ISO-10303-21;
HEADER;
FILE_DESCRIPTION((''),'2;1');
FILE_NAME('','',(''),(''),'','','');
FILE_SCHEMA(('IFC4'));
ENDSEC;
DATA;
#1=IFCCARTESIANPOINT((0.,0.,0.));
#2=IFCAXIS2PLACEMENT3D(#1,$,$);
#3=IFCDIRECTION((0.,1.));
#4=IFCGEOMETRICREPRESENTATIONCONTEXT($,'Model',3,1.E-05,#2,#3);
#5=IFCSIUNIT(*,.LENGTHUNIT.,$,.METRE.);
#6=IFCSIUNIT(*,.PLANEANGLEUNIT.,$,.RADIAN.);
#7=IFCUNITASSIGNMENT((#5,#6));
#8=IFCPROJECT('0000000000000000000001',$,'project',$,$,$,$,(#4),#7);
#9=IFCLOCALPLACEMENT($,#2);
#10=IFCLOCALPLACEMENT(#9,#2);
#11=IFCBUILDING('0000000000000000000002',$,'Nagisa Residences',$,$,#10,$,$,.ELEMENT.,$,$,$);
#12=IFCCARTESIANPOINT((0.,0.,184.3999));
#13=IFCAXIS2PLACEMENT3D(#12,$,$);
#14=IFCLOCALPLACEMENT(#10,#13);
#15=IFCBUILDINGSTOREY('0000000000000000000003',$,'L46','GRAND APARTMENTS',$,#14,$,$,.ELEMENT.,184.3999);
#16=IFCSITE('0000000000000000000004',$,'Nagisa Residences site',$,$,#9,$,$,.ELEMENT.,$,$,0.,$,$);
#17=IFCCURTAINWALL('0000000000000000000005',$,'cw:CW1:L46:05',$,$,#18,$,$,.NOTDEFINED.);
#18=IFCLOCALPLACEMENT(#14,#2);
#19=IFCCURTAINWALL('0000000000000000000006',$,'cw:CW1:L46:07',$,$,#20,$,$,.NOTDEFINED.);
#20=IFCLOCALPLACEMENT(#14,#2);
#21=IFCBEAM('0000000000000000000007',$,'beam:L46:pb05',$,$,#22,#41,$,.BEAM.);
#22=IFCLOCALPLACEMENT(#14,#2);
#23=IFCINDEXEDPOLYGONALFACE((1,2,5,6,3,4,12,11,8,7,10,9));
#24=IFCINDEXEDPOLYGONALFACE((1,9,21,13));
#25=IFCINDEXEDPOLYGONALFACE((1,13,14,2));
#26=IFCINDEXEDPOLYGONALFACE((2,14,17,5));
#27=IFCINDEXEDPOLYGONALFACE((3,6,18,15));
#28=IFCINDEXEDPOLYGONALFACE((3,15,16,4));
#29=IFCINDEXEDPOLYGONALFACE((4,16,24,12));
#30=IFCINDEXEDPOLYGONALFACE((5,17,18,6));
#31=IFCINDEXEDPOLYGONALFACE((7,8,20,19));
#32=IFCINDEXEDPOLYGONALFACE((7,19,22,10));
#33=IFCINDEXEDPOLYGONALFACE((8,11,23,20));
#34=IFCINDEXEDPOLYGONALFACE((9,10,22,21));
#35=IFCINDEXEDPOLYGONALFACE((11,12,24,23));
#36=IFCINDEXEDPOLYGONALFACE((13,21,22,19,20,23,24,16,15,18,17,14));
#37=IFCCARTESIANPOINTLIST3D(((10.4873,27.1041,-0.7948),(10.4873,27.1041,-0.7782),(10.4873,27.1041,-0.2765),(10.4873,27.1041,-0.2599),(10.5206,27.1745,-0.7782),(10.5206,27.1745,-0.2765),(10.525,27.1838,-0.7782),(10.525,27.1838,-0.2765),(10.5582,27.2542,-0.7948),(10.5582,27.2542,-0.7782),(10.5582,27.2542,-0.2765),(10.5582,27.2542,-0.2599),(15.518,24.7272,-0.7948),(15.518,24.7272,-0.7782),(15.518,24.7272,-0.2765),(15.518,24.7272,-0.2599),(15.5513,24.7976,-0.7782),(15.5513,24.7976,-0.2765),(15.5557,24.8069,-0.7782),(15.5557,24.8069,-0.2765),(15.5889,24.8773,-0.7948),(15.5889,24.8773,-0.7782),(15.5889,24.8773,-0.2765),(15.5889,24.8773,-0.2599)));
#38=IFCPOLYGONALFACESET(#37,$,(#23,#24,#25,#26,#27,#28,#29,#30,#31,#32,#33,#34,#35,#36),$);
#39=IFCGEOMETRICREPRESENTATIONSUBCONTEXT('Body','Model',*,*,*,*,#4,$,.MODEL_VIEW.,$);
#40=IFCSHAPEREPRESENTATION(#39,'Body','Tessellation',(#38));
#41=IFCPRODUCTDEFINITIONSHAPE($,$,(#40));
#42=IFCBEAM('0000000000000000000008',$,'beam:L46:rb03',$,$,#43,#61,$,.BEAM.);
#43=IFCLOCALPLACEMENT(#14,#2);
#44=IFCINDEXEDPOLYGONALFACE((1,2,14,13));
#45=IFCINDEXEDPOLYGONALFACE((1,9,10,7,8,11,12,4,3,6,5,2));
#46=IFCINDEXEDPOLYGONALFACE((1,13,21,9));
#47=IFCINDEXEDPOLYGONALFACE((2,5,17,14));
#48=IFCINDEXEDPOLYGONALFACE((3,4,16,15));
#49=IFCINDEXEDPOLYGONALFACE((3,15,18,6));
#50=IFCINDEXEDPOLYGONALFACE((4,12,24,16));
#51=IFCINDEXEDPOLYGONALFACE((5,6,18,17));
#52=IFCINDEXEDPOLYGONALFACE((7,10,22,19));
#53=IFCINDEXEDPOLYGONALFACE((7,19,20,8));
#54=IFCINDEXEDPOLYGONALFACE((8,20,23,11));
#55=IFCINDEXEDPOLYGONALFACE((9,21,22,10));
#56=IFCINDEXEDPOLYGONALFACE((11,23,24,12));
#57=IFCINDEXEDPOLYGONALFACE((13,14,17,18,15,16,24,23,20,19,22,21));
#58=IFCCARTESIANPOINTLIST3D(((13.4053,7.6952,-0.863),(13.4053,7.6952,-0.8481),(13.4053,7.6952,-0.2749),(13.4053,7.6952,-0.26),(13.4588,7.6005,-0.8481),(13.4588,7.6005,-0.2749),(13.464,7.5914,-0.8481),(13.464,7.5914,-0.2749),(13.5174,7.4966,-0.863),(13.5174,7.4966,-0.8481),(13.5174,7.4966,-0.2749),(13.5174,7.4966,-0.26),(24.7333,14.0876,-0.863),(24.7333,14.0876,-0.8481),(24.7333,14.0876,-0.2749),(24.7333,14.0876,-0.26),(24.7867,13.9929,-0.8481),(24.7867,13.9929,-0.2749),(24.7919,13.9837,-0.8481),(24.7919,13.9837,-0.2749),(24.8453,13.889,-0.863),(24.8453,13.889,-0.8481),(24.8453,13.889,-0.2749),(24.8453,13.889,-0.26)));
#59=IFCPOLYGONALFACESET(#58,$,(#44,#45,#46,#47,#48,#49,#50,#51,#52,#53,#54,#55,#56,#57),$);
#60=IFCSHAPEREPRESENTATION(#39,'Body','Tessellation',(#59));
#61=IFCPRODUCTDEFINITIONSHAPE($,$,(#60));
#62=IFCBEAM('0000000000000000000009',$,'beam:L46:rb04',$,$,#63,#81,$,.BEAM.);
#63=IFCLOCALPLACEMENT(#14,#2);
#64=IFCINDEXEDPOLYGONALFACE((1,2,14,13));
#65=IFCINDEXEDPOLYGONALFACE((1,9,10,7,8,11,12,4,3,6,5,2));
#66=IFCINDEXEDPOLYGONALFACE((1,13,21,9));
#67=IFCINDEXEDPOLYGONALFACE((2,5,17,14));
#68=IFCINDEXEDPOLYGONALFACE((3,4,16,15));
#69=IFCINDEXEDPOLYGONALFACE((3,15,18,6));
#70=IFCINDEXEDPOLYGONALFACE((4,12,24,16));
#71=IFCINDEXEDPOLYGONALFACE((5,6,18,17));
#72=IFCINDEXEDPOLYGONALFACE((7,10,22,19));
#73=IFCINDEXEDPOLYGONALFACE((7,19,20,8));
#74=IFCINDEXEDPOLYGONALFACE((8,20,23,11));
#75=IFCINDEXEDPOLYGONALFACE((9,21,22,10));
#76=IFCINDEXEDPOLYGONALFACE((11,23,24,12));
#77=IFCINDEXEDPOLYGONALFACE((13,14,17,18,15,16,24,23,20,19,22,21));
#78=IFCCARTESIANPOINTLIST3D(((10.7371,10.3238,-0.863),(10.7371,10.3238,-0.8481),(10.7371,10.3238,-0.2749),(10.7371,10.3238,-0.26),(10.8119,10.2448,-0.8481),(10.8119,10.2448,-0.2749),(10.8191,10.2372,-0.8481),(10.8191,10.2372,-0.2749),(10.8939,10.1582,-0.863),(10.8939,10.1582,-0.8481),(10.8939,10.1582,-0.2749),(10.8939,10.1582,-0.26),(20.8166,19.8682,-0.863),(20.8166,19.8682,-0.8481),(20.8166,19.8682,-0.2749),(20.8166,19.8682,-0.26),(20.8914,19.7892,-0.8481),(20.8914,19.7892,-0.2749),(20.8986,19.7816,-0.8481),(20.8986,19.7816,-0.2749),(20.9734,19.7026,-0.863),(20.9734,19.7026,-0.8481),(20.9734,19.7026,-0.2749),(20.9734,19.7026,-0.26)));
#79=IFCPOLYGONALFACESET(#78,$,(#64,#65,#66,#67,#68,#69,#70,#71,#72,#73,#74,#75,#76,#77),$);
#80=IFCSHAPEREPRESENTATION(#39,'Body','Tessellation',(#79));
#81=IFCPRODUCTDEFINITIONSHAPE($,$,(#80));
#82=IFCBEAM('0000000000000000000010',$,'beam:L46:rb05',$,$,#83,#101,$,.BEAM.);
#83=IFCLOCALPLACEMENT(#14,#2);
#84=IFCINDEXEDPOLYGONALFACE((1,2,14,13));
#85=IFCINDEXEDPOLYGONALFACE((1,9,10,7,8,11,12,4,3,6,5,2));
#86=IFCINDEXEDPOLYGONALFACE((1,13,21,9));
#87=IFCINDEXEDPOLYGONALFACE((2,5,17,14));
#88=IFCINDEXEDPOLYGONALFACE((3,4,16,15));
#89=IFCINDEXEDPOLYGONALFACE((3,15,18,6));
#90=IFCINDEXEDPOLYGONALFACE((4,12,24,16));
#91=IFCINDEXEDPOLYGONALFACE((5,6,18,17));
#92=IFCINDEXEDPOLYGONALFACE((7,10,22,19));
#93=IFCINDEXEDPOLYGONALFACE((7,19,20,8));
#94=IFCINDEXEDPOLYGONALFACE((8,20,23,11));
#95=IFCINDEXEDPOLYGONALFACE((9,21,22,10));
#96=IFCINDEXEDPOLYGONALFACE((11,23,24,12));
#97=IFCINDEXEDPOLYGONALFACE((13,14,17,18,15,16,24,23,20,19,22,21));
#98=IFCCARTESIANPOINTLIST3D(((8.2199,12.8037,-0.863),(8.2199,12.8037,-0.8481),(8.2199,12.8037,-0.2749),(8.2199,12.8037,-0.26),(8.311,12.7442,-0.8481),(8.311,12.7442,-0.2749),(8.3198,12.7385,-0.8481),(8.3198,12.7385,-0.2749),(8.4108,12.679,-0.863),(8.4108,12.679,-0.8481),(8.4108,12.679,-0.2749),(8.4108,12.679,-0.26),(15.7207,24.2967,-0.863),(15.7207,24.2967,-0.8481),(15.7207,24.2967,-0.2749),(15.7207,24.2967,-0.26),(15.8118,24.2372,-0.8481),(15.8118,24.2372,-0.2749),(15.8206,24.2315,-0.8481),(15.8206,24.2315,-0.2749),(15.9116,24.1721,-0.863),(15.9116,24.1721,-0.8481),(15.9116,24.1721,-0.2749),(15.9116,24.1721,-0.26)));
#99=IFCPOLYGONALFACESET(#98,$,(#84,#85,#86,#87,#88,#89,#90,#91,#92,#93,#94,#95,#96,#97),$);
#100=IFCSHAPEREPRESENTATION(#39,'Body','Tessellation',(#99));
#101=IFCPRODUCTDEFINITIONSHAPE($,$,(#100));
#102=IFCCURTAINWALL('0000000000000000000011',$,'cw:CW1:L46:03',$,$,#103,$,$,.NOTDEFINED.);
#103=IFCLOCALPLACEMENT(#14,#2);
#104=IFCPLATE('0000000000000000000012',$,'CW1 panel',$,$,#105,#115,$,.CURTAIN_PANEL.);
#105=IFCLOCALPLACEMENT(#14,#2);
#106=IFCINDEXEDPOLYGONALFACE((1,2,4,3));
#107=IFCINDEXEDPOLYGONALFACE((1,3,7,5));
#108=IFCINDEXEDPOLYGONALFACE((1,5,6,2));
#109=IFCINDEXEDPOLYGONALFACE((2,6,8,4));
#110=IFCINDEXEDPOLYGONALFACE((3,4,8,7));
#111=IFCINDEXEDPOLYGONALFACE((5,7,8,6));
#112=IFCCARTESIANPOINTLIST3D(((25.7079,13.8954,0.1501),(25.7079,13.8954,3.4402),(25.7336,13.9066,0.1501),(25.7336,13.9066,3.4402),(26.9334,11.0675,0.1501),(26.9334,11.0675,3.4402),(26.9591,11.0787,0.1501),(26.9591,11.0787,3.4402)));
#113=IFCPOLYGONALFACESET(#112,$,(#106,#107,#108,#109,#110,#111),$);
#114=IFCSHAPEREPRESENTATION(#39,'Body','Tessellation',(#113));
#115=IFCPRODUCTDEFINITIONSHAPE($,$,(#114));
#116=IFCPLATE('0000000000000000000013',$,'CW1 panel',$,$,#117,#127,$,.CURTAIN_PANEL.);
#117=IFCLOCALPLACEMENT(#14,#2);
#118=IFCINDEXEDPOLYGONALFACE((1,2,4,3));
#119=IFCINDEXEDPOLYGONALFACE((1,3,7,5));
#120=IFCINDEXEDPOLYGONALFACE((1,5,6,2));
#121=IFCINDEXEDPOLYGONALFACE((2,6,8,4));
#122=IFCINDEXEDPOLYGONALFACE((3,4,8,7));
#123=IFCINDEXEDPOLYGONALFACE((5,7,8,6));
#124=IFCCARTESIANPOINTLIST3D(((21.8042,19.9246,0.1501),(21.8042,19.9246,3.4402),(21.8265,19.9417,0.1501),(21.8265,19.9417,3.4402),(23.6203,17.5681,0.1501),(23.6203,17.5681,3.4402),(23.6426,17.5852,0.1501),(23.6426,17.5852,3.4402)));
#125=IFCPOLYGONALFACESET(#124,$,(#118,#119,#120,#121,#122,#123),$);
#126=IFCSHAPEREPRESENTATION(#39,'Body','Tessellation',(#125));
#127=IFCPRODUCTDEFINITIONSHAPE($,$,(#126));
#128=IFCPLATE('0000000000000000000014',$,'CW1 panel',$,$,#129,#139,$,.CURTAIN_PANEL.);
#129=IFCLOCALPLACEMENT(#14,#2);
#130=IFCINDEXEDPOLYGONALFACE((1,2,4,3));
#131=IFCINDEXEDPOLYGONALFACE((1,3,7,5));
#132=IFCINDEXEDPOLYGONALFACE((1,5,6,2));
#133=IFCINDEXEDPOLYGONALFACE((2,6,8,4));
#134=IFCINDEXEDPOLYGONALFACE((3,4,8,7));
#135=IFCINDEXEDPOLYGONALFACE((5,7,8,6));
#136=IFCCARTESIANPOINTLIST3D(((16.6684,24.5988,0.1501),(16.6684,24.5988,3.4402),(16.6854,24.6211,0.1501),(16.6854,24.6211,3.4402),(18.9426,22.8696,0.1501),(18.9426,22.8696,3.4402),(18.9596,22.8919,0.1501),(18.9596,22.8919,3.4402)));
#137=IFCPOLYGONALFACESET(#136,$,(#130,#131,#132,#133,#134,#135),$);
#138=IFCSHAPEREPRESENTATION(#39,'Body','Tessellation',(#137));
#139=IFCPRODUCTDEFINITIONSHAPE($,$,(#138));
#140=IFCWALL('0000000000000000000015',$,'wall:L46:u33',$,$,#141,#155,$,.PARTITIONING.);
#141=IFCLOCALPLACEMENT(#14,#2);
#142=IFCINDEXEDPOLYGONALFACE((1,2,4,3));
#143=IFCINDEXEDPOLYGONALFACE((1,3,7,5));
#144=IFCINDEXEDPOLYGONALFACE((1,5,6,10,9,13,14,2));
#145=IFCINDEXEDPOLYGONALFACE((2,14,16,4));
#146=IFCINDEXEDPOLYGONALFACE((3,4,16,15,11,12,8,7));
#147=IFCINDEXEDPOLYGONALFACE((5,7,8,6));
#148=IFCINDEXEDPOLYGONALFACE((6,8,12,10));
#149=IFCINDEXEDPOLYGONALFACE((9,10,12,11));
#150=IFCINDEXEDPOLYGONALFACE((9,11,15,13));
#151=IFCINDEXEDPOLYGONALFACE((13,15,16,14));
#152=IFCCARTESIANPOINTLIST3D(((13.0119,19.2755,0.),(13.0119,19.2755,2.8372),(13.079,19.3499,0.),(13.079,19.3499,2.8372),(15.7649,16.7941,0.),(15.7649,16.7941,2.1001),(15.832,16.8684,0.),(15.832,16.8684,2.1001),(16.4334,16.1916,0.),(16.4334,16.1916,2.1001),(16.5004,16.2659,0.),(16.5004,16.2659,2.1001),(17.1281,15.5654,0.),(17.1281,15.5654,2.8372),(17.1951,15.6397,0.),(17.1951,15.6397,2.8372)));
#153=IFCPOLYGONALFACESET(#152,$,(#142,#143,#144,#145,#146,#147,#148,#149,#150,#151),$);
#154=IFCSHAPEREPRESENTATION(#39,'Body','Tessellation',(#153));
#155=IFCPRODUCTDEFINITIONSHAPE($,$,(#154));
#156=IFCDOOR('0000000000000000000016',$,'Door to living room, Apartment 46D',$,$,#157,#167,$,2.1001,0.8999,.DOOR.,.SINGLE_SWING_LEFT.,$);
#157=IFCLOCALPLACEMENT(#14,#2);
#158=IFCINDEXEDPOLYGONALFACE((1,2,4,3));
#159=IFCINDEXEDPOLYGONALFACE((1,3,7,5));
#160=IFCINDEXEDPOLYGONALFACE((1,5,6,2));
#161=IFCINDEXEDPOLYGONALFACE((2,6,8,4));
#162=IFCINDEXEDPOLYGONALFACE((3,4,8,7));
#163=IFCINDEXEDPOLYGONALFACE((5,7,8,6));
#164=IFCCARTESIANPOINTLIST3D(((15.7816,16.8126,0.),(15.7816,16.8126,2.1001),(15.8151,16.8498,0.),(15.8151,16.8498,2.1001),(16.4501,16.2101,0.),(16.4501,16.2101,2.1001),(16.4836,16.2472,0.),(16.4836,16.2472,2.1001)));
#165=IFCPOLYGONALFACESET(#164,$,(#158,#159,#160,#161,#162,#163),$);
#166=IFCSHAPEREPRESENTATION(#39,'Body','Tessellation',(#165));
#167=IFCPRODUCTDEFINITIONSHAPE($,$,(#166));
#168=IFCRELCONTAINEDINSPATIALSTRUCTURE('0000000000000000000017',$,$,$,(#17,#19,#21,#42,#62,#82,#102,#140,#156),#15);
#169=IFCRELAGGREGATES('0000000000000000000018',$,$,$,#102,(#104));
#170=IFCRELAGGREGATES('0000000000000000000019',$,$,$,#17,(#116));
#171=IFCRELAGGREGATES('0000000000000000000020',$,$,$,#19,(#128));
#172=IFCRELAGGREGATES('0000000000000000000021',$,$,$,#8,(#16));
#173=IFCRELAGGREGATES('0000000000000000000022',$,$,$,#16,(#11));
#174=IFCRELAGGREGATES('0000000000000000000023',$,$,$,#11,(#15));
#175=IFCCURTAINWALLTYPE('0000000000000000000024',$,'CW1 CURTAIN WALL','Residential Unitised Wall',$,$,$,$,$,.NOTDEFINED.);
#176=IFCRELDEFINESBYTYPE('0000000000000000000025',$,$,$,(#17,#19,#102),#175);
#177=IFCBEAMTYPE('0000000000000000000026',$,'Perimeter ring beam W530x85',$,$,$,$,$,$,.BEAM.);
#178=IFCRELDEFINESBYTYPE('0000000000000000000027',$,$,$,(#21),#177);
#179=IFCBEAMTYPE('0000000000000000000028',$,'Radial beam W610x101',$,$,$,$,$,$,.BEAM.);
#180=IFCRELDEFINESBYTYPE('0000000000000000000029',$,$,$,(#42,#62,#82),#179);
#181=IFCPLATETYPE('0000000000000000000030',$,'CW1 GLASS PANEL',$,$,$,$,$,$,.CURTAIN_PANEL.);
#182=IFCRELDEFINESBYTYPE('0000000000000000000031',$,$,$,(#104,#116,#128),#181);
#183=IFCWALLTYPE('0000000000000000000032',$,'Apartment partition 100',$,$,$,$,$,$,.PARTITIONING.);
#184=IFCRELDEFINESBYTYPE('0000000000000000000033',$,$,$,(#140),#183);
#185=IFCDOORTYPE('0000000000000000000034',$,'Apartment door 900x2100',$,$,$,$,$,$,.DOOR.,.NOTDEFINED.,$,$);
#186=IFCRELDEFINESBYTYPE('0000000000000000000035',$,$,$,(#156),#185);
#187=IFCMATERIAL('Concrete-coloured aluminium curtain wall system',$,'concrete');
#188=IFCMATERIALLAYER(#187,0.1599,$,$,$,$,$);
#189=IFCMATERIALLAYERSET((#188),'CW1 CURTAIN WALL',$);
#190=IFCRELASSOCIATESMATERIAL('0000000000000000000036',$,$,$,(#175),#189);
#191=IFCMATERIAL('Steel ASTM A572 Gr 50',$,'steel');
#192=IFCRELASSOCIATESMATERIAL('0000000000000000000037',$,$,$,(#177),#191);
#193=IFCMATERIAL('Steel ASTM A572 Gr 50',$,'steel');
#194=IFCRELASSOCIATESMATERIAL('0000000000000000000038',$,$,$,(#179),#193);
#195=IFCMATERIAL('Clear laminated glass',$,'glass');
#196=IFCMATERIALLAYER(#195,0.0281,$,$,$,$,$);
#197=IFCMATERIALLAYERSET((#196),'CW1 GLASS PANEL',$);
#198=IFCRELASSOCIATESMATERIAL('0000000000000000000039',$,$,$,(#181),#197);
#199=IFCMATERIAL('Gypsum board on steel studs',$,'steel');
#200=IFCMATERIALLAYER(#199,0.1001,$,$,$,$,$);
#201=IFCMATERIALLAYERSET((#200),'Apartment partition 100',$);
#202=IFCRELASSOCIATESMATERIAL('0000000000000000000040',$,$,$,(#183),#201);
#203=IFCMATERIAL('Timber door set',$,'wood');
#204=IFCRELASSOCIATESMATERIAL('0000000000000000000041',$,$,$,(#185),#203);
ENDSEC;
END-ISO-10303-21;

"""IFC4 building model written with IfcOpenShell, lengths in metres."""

from ifc_helpers import new_model, si_unit, direction, frame, frame_2d, origin, origin_2d, place, context, subcontext, project, spatial, rectangle, i_section, extrude, material, layer, layer_set, material_profile, profile_set, type_object, element, fill, aggregate, save


model = new_model("IFC4")

# Units and contexts
model_context = context("Model", 3, precision=1e-05, world=origin(), true_north=direction((0.0, 1.0)))
body_context = subcontext(model_context, "Body", "Model", "MODEL_VIEW")
ifc_project = project(units=[si_unit("LENGTHUNIT", "METRE"), si_unit("PLANEANGLEUNIT", "RADIAN")], contexts=[model_context])

# Site, building, storey
site_placement = place(None, origin())
site = spatial("IfcSite", under=ifc_project, at=site_placement, Name="Nagisa Residences site", CompositionType="ELEMENT", RefElevation=0.0)
building_placement = place(site_placement, origin())
building = spatial("IfcBuilding", under=site, at=building_placement, Name="Nagisa Residences", CompositionType="ELEMENT")
storey_placement = place(building_placement, frame((0.0, 0.0, 184.3999)))
storey = spatial("IfcBuildingStorey", under=building, at=storey_placement, Name="L46", Description="GRAND APARTMENTS", CompositionType="ELEMENT", Elevation=184.3999)

# Curtain walls
ifc_material_1 = material(Name="Concrete-coloured aluminium curtain wall system", Category="concrete")
ifc_layer_1 = layer(ifc_material_1, 0.1599)
ifc_layer_set_1 = layer_set([ifc_layer_1], Name="CW1 CURTAIN WALL")
curtain_wall_type = type_object("IfcCurtainWallType", Name="CW1 CURTAIN WALL", Description="Residential Unitised Wall", PredefinedType="NOTDEFINED", material=ifc_layer_set_1)
curtain_wall_1_placement = place(storey_placement, origin())
curtain_wall_1 = element("IfcCurtainWall", 1, at=curtain_wall_1_placement, inside=storey, type_object=curtain_wall_type, Name="cw:CW1:L46:05", PredefinedType="NOTDEFINED")
curtain_wall_2_placement = place(storey_placement, origin())
curtain_wall_2 = element("IfcCurtainWall", 2, at=curtain_wall_2_placement, inside=storey, type_object=curtain_wall_type, Name="cw:CW1:L46:07", PredefinedType="NOTDEFINED")

# Beams
ifc_material_2 = material(Name="Steel ASTM A572 Gr 50", Category="steel")
ifc_material_profile_1 = material_profile(ifc_material_2, i_section(OverallWidth=0.166, OverallDepth=0.5349, WebThickness=0.0103, FlangeThickness=0.0166, at=origin_2d()), Name="W530x85")
ifc_profile_set_1 = profile_set([ifc_material_profile_1], Name="Steel ASTM A572 Gr 50")
beam_type_1 = type_object("IfcBeamType", Name="Perimeter ring beam W530x85", PredefinedType="BEAM", material=ifc_profile_set_1)
beam_1_placement = place(storey_placement, frame((15.5535, 24.8022, -0.5273), z_axis=(-0.904157, 0.4272, 0.0), x_axis=(-0.4272, -0.904157, 0.0)))
element("IfcBeam", 3, at=beam_1_placement, inside=storey, type_object=beam_type_1, Name="beam:L46:pb05", PredefinedType="BEAM", context=body_context, shape_type="SweptSolid", body=[
    extrude(i_section(OverallWidth=0.166, OverallDepth=0.5349, WebThickness=0.0103, FlangeThickness=0.0166, at=origin_2d()), origin(), (0.0, 0.0, 1.0), 5.564),
])
ifc_material_3 = material(Name="Steel ASTM A572 Gr 50", Category="steel")
ifc_material_profile_2 = material_profile(ifc_material_3, i_section(OverallWidth=0.228, OverallDepth=0.603, WebThickness=0.0105, FlangeThickness=0.0149, at=origin_2d()), Name="W610x101")
ifc_profile_set_2 = profile_set([ifc_material_profile_2], Name="Steel ASTM A572 Gr 50")
beam_type_2 = type_object("IfcBeamType", Name="Radial beam W610x101", PredefinedType="BEAM", material=ifc_profile_set_2)
beam_2_placement = place(storey_placement, frame((24.7893, 13.9883, -0.5615), z_axis=(-0.870905, -0.491452, 0.0), x_axis=(0.491452, -0.870905, 0.0)))
element("IfcBeam", 4, at=beam_2_placement, inside=storey, type_object=beam_type_2, Name="beam:L46:rb03", PredefinedType="BEAM", context=body_context, shape_type="SweptSolid", body=[
    extrude(i_section(OverallWidth=0.228, OverallDepth=0.603, WebThickness=0.0105, FlangeThickness=0.0149, at=origin_2d()), origin(), (0.0, 0.0, 1.0), 13.0071),
])
beam_3_placement = place(storey_placement, frame((20.895, 19.7854, -0.5615), z_axis=(-0.72612, -0.687568, 0.0), x_axis=(0.687568, -0.72612, 0.0)))
element("IfcBeam", 5, at=beam_3_placement, inside=storey, type_object=beam_type_2, Name="beam:L46:rb04", PredefinedType="BEAM", context=body_context, shape_type="SweptSolid", body=[
    extrude(i_section(OverallWidth=0.228, OverallDepth=0.603, WebThickness=0.0105, FlangeThickness=0.0149, at=origin_2d()), origin(), (0.0, 0.0, 1.0), 13.8813),
])
beam_4_placement = place(storey_placement, frame((15.8162, 24.2344, -0.5615), z_axis=(-0.546541, -0.837432, 0.0), x_axis=(0.837432, -0.546541, 0.0)))
element("IfcBeam", 6, at=beam_4_placement, inside=storey, type_object=beam_type_2, Name="beam:L46:rb05", PredefinedType="BEAM", context=body_context, shape_type="SweptSolid", body=[
    extrude(i_section(OverallWidth=0.228, OverallDepth=0.603, WebThickness=0.0105, FlangeThickness=0.0149, at=origin_2d()), origin(), (0.0, 0.0, 1.0), 13.7241),
])

# Curtain wall, plate
curtain_wall_3_placement = place(storey_placement, origin())
curtain_wall_3 = element("IfcCurtainWall", 7, at=curtain_wall_3_placement, inside=storey, type_object=curtain_wall_type, Name="cw:CW1:L46:03", PredefinedType="NOTDEFINED")
ifc_material_4 = material(Name="Clear laminated glass", Category="glass")
ifc_layer_2 = layer(ifc_material_4, 0.0281)
ifc_layer_set_2 = layer_set([ifc_layer_2], Name="CW1 GLASS PANEL")
plate_type = type_object("IfcPlateType", Name="CW1 GLASS PANEL", PredefinedType="CURTAIN_PANEL", material=ifc_layer_set_2)
plate_1_placement = place(storey_placement, frame((26.3335, 12.4871, 0.1501), z_axis=(0.0, 0.0, 1.0), x_axis=(-0.397636, 0.917543, 0.0)))
plate_1 = element("IfcPlate", 8, at=plate_1_placement, type_object=plate_type, Name="CW1 panel", PredefinedType="CURTAIN_PANEL", context=body_context, shape_type="SweptSolid", body=[
    extrude(rectangle(XDim=3.082, YDim=0.0281, at=origin_2d()), origin(), (0.0, 0.0, 1.0), 3.29),
])
aggregate(curtain_wall_3, [plate_1])

# Plates
plate_2_placement = place(storey_placement, frame((22.7234, 18.7549, 0.1501), z_axis=(0.0, 0.0, 1.0), x_axis=(-0.61043, 0.79207, 0.0)))
plate_2 = element("IfcPlate", 9, at=plate_2_placement, type_object=plate_type, Name="CW1 panel", PredefinedType="CURTAIN_PANEL", context=body_context, shape_type="SweptSolid", body=[
    extrude(rectangle(XDim=2.9751, YDim=0.0281, at=origin_2d()), origin(), (0.0, 0.0, 1.0), 3.29),
])
aggregate(curtain_wall_1, [plate_2])
plate_3_placement = place(storey_placement, frame((17.814, 23.7454, 0.1501), z_axis=(0.0, 0.0, 1.0), x_axis=(-0.796031, 0.605255, 0.0)))
plate_3 = element("IfcPlate", 10, at=plate_3_placement, type_object=plate_type, Name="CW1 panel", PredefinedType="CURTAIN_PANEL", context=body_context, shape_type="SweptSolid", body=[
    extrude(rectangle(XDim=2.8569, YDim=0.0281, at=origin_2d()), origin(), (0.0, 0.0, 1.0), 3.29),
])
aggregate(curtain_wall_2, [plate_3])

# Wall, opening, door
ifc_material_5 = material(Name="Gypsum board on steel studs", Category="steel")
ifc_layer_3 = layer(ifc_material_5, 0.1001)
ifc_layer_set_3 = layer_set([ifc_layer_3], Name="Apartment partition 100")
wall_type_1 = type_object("IfcWallType", Name="Apartment partition 100", PredefinedType="PARTITIONING", material=ifc_layer_set_3)
wall_1_placement = place(storey_placement, frame((17.1616, 15.6025, 0.0), z_axis=(0.0, 0.0, 1.0), x_axis=(-0.74279, 0.669524, 0.0)))
wall_1 = element("IfcWall", 11, at=wall_1_placement, inside=storey, type_object=wall_type_1, Name="wall:L46:u33", PredefinedType="PARTITIONING", context=body_context, shape_type="SweptSolid", body=[
    extrude(rectangle(XDim=5.5415, YDim=0.1001, at=frame_2d((2.7708, 0.0))), origin(), (0.0, 0.0, 1.0), 2.8372),
])
opening_1_placement = place(wall_1_placement, frame((0.9353, 0.0, 0.0)))
opening_1 = element("IfcOpeningElement", 12, at=opening_1_placement, cuts=wall_1, PredefinedType="OPENING", context=body_context, shape_type="SweptSolid", body=[
    extrude(rectangle(XDim=0.8999, YDim=2.1001, at=frame_2d((0.45, 1.05))), frame((0.0, 0.0601, 0.0), z_axis=(0.0, -1.0, 0.0), x_axis=(1.0, 0.0, 0.0)), (0.0, 0.0, 1.0), 0.1201),
])
ifc_material_6 = material(Name="Timber door set", Category="wood")
door_type_1 = type_object("IfcDoorType", Name="Apartment door 900x2100", OperationType="NOTDEFINED", PredefinedType="DOOR", material=ifc_material_6)
door_1_placement = place(opening_1_placement, frame((0.8999, 0.0, 0.0), x_axis=(-1.0, 0.0, 0.0)))
door_1 = element("IfcDoor", 13, at=door_1_placement, inside=storey, type_object=door_type_1, Name="Door to living room, Apartment 46D", OperationType="SINGLE_SWING_LEFT", OverallHeight=2.1001, OverallWidth=0.8999, PredefinedType="DOOR", context=body_context, shape_type="SweptSolid", body=[
    extrude(rectangle(XDim=0.8999, YDim=2.1001, at=frame_2d((0.45, 1.05))), frame((0.0, 0.0249, 0.0), z_axis=(0.0, -1.0, 0.0), x_axis=(1.0, 0.0, 0.0)), (0.0, 0.0, 1.0), 0.05),
])
fill(opening_1, door_1)

save(model, "model.ifc")
